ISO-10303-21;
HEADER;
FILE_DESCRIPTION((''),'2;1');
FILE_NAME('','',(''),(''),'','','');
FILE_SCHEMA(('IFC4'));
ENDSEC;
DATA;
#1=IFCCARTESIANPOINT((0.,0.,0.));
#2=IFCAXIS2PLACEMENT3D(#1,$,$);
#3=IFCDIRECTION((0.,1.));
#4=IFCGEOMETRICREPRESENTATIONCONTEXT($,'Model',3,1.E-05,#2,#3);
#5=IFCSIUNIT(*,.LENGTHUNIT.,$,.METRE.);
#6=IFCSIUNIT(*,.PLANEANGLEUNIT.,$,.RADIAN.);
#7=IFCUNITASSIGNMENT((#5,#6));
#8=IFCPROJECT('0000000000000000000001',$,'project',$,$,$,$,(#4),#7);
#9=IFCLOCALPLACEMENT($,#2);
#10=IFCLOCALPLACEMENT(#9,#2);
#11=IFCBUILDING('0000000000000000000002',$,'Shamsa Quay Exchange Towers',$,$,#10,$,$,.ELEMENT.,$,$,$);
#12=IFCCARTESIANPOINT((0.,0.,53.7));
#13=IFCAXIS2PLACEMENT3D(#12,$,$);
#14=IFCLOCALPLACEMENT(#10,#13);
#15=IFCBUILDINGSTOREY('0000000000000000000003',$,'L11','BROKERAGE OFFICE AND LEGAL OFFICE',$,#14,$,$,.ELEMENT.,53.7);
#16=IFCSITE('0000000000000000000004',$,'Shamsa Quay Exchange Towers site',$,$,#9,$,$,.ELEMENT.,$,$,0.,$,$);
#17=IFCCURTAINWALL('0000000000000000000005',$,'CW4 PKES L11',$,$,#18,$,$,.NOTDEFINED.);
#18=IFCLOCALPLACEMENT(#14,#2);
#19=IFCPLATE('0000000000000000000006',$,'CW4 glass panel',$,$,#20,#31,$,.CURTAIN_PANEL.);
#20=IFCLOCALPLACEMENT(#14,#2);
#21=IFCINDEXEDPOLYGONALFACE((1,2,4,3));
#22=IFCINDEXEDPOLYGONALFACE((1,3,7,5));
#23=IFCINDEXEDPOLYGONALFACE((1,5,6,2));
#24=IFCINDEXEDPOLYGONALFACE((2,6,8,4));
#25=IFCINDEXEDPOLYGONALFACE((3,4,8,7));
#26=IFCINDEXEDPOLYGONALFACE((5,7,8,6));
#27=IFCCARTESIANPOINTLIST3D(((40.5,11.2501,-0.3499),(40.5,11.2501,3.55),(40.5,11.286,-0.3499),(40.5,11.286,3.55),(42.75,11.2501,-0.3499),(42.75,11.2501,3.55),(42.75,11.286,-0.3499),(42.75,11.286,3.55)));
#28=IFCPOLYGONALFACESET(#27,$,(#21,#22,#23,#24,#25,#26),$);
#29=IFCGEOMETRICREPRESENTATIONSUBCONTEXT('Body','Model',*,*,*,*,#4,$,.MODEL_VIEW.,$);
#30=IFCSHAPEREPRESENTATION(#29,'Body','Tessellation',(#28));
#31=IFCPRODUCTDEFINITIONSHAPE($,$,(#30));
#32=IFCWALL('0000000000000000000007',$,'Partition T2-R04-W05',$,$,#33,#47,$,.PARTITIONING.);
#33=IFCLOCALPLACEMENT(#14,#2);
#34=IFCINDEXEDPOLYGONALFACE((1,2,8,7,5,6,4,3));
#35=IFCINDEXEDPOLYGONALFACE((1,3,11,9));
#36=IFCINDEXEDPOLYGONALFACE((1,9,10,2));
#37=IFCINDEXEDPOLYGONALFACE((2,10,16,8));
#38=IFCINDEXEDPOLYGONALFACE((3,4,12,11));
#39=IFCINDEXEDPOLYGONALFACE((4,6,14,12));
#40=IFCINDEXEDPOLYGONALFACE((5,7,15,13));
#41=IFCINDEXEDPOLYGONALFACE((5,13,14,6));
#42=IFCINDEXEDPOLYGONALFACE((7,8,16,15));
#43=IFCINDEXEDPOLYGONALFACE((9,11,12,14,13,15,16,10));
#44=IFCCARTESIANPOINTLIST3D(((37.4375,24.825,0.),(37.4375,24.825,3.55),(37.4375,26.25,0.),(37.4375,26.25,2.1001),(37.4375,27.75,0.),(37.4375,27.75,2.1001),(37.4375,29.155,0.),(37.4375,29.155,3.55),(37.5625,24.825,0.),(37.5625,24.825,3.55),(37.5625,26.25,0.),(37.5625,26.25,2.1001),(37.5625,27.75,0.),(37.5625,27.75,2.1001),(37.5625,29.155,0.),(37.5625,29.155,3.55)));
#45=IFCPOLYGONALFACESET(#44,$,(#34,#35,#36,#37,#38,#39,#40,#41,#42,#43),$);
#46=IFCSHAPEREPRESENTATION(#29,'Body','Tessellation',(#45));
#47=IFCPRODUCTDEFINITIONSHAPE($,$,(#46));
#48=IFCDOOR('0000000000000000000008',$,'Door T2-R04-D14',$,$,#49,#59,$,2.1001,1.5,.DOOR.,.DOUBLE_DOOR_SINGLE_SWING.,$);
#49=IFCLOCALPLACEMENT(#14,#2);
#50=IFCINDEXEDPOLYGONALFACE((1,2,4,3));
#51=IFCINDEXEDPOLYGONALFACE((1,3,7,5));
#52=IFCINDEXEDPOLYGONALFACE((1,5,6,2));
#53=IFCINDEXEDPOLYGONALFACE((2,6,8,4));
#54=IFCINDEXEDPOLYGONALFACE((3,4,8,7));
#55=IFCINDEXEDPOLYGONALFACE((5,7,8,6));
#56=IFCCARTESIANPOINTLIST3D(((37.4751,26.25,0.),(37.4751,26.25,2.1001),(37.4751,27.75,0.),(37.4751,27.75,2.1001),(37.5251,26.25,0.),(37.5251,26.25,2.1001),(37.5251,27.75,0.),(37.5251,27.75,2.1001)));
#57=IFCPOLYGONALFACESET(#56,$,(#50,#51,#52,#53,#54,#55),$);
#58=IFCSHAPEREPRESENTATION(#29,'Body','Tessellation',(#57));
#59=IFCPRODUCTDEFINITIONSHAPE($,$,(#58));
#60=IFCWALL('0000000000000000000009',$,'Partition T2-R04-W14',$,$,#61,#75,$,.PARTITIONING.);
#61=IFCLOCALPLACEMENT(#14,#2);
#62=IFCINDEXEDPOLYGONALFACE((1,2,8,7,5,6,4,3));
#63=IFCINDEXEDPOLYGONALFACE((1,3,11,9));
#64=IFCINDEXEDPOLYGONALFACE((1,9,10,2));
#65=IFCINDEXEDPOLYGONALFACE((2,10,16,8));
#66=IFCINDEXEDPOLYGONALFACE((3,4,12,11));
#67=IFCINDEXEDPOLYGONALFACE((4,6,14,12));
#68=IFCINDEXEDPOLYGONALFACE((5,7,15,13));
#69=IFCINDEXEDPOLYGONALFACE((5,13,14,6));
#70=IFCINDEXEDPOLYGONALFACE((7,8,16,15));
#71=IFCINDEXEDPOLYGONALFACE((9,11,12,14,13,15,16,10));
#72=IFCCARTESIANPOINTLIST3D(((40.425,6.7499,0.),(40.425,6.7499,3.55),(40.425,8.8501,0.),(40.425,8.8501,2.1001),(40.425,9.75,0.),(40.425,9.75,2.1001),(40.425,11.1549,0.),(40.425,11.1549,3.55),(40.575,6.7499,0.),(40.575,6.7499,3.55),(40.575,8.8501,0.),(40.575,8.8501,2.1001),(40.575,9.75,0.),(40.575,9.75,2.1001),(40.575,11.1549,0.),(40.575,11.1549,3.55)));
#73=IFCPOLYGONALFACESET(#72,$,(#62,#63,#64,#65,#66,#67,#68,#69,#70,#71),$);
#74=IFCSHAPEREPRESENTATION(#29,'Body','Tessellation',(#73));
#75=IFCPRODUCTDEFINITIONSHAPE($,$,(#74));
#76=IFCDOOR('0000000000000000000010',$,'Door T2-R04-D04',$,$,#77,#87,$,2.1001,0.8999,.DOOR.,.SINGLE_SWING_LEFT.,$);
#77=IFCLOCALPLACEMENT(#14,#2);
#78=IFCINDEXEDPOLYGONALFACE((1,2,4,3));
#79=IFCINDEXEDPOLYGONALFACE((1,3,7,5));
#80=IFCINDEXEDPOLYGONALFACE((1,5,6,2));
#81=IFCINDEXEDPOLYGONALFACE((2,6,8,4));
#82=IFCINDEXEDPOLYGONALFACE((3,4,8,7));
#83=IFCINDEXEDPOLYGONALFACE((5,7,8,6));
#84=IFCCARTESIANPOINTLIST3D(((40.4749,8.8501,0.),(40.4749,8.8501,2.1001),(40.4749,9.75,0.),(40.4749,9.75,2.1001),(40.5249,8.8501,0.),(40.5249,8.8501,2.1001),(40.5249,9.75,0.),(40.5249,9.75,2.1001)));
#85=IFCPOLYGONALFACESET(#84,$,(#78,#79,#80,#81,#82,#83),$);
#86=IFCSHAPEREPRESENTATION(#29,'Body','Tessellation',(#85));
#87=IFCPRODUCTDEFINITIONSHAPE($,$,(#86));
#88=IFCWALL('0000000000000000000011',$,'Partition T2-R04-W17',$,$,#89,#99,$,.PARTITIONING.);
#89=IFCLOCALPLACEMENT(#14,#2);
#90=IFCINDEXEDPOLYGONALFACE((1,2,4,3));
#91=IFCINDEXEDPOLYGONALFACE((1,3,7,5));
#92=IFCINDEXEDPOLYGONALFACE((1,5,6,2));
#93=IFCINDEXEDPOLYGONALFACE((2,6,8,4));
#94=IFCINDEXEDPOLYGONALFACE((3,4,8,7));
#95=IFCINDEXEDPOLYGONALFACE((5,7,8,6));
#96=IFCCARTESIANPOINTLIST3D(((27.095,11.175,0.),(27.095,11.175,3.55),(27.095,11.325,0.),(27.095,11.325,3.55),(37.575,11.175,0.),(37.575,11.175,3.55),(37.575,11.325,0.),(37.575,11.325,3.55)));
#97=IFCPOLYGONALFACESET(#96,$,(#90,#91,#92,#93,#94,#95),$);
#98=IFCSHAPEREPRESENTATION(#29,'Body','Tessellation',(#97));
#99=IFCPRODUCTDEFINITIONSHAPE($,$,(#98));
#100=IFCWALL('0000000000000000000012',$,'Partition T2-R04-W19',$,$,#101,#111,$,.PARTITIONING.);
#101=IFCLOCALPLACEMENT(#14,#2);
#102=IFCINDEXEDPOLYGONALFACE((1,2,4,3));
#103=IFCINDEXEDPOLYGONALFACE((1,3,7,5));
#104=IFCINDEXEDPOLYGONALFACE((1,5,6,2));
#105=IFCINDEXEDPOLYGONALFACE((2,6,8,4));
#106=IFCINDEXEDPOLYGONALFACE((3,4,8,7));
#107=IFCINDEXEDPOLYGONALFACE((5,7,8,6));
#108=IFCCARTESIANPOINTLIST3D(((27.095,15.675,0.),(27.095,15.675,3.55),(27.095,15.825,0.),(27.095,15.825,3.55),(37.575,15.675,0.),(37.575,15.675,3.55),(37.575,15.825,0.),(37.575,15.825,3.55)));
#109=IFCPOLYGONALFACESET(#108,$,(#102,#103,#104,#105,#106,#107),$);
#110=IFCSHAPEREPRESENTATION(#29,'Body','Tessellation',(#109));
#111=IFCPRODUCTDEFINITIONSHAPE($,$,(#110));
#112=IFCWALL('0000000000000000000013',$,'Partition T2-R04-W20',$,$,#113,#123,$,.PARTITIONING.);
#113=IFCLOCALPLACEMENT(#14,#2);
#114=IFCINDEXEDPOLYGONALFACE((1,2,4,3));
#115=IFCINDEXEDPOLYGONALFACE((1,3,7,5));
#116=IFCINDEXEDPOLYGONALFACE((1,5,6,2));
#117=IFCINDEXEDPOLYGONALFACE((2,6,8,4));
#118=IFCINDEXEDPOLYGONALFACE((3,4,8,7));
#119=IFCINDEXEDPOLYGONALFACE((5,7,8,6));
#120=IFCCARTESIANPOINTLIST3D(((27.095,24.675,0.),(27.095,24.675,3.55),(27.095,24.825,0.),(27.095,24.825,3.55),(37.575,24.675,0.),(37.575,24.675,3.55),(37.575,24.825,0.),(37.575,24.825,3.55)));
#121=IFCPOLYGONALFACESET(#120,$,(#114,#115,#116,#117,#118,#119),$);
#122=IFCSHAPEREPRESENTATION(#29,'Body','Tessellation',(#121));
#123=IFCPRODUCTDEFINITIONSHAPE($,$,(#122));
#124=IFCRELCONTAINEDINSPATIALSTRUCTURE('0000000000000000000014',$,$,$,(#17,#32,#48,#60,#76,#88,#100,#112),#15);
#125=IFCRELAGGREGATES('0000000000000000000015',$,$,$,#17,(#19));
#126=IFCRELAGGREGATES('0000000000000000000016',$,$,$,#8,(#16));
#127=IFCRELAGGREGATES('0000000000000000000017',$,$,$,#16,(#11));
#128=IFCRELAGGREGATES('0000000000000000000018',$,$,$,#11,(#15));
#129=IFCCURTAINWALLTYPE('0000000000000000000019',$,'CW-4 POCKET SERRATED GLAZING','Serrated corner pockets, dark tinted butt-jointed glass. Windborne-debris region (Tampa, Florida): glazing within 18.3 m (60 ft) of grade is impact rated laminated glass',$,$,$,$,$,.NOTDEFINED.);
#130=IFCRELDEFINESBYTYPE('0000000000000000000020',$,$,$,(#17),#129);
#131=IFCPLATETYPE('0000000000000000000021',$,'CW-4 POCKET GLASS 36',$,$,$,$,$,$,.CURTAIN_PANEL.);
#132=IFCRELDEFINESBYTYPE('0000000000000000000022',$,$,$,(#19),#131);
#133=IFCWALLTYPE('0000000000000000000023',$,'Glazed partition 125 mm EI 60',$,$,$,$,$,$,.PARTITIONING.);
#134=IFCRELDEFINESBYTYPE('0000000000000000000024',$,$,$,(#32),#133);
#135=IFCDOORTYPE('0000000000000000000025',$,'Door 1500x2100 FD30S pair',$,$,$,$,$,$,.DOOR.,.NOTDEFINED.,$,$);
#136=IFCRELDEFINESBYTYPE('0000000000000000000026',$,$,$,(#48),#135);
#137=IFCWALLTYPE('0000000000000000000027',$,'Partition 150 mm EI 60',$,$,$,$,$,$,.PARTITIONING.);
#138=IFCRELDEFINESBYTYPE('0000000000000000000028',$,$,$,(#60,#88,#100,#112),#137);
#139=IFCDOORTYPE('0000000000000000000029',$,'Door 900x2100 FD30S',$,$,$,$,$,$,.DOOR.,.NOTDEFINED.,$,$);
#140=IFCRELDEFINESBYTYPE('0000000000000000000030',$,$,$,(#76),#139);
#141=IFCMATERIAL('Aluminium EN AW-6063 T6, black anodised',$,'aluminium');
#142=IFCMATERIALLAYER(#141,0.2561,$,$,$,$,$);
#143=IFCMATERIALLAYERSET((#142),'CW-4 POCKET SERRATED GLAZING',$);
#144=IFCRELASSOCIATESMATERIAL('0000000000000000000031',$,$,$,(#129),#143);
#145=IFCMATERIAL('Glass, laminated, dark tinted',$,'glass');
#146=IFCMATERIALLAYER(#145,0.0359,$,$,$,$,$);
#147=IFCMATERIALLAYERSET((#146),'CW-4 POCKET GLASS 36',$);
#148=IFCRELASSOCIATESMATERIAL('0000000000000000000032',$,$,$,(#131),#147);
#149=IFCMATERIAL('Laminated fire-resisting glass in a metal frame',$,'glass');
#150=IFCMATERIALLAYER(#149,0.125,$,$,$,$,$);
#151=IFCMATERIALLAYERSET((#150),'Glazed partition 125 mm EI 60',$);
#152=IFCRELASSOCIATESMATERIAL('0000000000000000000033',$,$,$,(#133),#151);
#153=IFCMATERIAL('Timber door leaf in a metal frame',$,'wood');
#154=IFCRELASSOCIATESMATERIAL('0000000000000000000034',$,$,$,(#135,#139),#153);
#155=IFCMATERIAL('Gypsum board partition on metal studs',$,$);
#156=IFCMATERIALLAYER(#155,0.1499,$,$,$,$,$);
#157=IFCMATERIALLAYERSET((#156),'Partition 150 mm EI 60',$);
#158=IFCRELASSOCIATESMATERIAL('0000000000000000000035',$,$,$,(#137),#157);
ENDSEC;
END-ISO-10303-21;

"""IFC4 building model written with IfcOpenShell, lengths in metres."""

from ifc_helpers import new_model, si_unit, direction, frame, frame_2d, origin, origin_2d, place, context, subcontext, project, spatial, rectangle, extrude, material, layer, layer_set, type_object, element, fill, aggregate, save


model = new_model("IFC4")

# Units and contexts
model_context = context("Model", 3, precision=1e-05, world=origin(), true_north=direction((0.0, 1.0)))
body_context = subcontext(model_context, "Body", "Model", "MODEL_VIEW")
ifc_project = project(units=[si_unit("LENGTHUNIT", "METRE"), si_unit("PLANEANGLEUNIT", "RADIAN")], contexts=[model_context])

# Site, building, storey
site_placement = place(None, origin())
site = spatial("IfcSite", under=ifc_project, at=site_placement, Name="Shamsa Quay Exchange Towers site", CompositionType="ELEMENT", RefElevation=0.0)
building_placement = place(site_placement, origin())
building = spatial("IfcBuilding", under=site, at=building_placement, Name="Shamsa Quay Exchange Towers", CompositionType="ELEMENT")
storey_placement = place(building_placement, frame((0.0, 0.0, 53.7)))
storey = spatial("IfcBuildingStorey", under=building, at=storey_placement, Name="L11", Description="BROKERAGE OFFICE AND LEGAL OFFICE", CompositionType="ELEMENT", Elevation=53.7)

# Shared definitions
ifc_material_1 = material(Name="Aluminium EN AW-6063 T6, black anodised", Category="aluminium")
ifc_material_2 = material(Name="Glass, laminated, dark tinted", Category="glass")

# Curtain wall, plate
ifc_layer_1 = layer(ifc_material_1, 0.2561)
ifc_layer_set_1 = layer_set([ifc_layer_1], Name="CW-4 POCKET SERRATED GLAZING")
curtain_wall_type_1 = type_object("IfcCurtainWallType", Name="CW-4 POCKET SERRATED GLAZING", Description="Serrated corner pockets, dark tinted butt-jointed glass. Windborne-debris region (Tampa, Florida): glazing within 18.3 m (60 ft) of grade is impact rated laminated glass", PredefinedType="NOTDEFINED", material=ifc_layer_set_1)
curtain_wall_1_placement = place(storey_placement, origin())
curtain_wall_1 = element("IfcCurtainWall", 1, at=curtain_wall_1_placement, inside=storey, type_object=curtain_wall_type_1, Name="CW4 PKES L11", PredefinedType="NOTDEFINED")
ifc_layer_2 = layer(ifc_material_2, 0.0359)
ifc_layer_set_2 = layer_set([ifc_layer_2], Name="CW-4 POCKET GLASS 36")
plate_type_1 = type_object("IfcPlateType", Name="CW-4 POCKET GLASS 36", PredefinedType="CURTAIN_PANEL", material=ifc_layer_set_2)
plate_1_placement = place(storey_placement, frame((41.625, 11.2681, -0.3499), z_axis=(0.0, 0.0, 1.0), x_axis=(-1.0, 0.0, 0.0)))
plate_1 = element("IfcPlate", 2, at=plate_1_placement, type_object=plate_type_1, Name="CW4 glass panel", PredefinedType="CURTAIN_PANEL", context=body_context, shape_type="SweptSolid", body=[
    extrude(rectangle(XDim=2.25, YDim=0.0359, at=origin_2d()), origin(), (0.0, 0.0, 1.0), 3.8999),
])
aggregate(curtain_wall_1, [plate_1])

# Walls, openings, doors
ifc_material_3 = material(Name="Laminated fire-resisting glass in a metal frame", Category="glass")
ifc_layer_3 = layer(ifc_material_3, 0.125)
ifc_layer_set_3 = layer_set([ifc_layer_3], Name="Glazed partition 125 mm EI 60")
wall_type_1 = type_object("IfcWallType", Name="Glazed partition 125 mm EI 60", PredefinedType="PARTITIONING", material=ifc_layer_set_3)
wall_1_placement = place(storey_placement, frame((37.5, 24.825, 0.0), z_axis=(0.0, 0.0, 1.0), x_axis=(0.0, 1.0, 0.0)))
wall_1 = element("IfcWall", 3, at=wall_1_placement, inside=storey, type_object=wall_type_1, Name="Partition T2-R04-W05", PredefinedType="PARTITIONING", context=body_context, shape_type="SweptSolid", body=[
    extrude(rectangle(XDim=4.3301, YDim=0.125, at=frame_2d((2.165, 0.0))), origin(), (0.0, 0.0, 1.0), 3.55),
])
opening_1_placement = place(wall_1_placement, frame((1.425, 0.0, 0.0)))
opening_1 = element("IfcOpeningElement", 4, at=opening_1_placement, cuts=wall_1, PredefinedType="OPENING", context=body_context, shape_type="SweptSolid", body=[
    extrude(rectangle(XDim=1.5, YDim=2.1001, at=frame_2d((0.75, 1.05))), frame((0.0, 0.0725, 0.0), z_axis=(0.0, -1.0, 0.0), x_axis=(1.0, 0.0, 0.0)), (0.0, 0.0, 1.0), 0.145),
])
ifc_material_4 = material(Name="Timber door leaf in a metal frame", Category="wood")
door_type_1 = type_object("IfcDoorType", Name="Door 1500x2100 FD30S pair", OperationType="NOTDEFINED", PredefinedType="DOOR", material=ifc_material_4)
door_1_placement = place(opening_1_placement, origin())
door_1 = element("IfcDoor", 5, at=door_1_placement, inside=storey, type_object=door_type_1, Name="Door T2-R04-D14", OperationType="DOUBLE_DOOR_SINGLE_SWING", OverallHeight=2.1001, OverallWidth=1.5, PredefinedType="DOOR", context=body_context, shape_type="SweptSolid", body=[
    extrude(rectangle(XDim=1.5, YDim=2.1001, at=frame_2d((0.75, 1.05))), frame((0.0, 0.0249, 0.0), z_axis=(0.0, -1.0, 0.0), x_axis=(1.0, 0.0, 0.0)), (0.0, 0.0, 1.0), 0.05),
])
fill(opening_1, door_1)
ifc_material_5 = material(Name="Gypsum board partition on metal studs")
ifc_layer_4 = layer(ifc_material_5, 0.1499)
ifc_layer_set_4 = layer_set([ifc_layer_4], Name="Partition 150 mm EI 60")
wall_type_2 = type_object("IfcWallType", Name="Partition 150 mm EI 60", PredefinedType="PARTITIONING", material=ifc_layer_set_4)
wall_2_placement = place(storey_placement, frame((40.5, 11.155, 0.0), z_axis=(0.0, 0.0, 1.0), x_axis=(0.0, -1.0, 0.0)))
wall_2 = element("IfcWall", 6, at=wall_2_placement, inside=storey, type_object=wall_type_2, Name="Partition T2-R04-W14", PredefinedType="PARTITIONING", context=body_context, shape_type="SweptSolid", body=[
    extrude(rectangle(XDim=4.405, YDim=0.1499, at=frame_2d((2.2026, 0.0))), origin(), (0.0, 0.0, 1.0), 3.55),
])
opening_2_placement = place(wall_2_placement, frame((1.405, 0.0, 0.0)))
opening_2 = element("IfcOpeningElement", 7, at=opening_2_placement, cuts=wall_2, PredefinedType="OPENING", context=body_context, shape_type="SweptSolid", body=[
    extrude(rectangle(XDim=0.8999, YDim=2.1001, at=frame_2d((0.45, 1.05))), frame((0.0, 0.085, 0.0), z_axis=(0.0, -1.0, 0.0), x_axis=(1.0, 0.0, 0.0)), (0.0, 0.0, 1.0), 0.1699),
])
door_type_2 = type_object("IfcDoorType", Name="Door 900x2100 FD30S", OperationType="NOTDEFINED", PredefinedType="DOOR", material=ifc_material_4)
door_2_placement = place(opening_2_placement, origin())
door_2 = element("IfcDoor", 8, at=door_2_placement, inside=storey, type_object=door_type_2, Name="Door T2-R04-D04", OperationType="SINGLE_SWING_LEFT", OverallHeight=2.1001, OverallWidth=0.8999, PredefinedType="DOOR", context=body_context, shape_type="SweptSolid", body=[
    extrude(rectangle(XDim=0.8999, YDim=2.1001, at=frame_2d((0.45, 1.05))), frame((0.0, 0.0249, 0.0), z_axis=(0.0, -1.0, 0.0), x_axis=(1.0, 0.0, 0.0)), (0.0, 0.0, 1.0), 0.05),
])
fill(opening_2, door_2)

# Walls
for number, where, z_axis, x_axis, name in (
    (9, (37.575, 11.25, 0.0), (0.0, 0.0, 1.0), (-1.0, 0.0, 0.0), "Partition T2-R04-W17"),
    (10, (37.575, 15.75, 0.0), (0.0, 0.0, 1.0), (-1.0, 0.0, 0.0), "Partition T2-R04-W19"),
    (11, (37.575, 24.75, 0.0), (0.0, 0.0, 1.0), (-1.0, 0.0, 0.0), "Partition T2-R04-W20"),
):
    element("IfcWall", number, at=place(storey_placement, frame(where, z_axis=z_axis, x_axis=x_axis)), inside=storey, type_object=wall_type_2, Name=name, PredefinedType="PARTITIONING", context=body_context, shape_type="SweptSolid", body=[
        extrude(rectangle(XDim=10.48, YDim=0.1499, at=frame_2d((5.24, 0.0))), origin(), (0.0, 0.0, 1.0), 3.55),
    ])

save(model, "model.ifc")
